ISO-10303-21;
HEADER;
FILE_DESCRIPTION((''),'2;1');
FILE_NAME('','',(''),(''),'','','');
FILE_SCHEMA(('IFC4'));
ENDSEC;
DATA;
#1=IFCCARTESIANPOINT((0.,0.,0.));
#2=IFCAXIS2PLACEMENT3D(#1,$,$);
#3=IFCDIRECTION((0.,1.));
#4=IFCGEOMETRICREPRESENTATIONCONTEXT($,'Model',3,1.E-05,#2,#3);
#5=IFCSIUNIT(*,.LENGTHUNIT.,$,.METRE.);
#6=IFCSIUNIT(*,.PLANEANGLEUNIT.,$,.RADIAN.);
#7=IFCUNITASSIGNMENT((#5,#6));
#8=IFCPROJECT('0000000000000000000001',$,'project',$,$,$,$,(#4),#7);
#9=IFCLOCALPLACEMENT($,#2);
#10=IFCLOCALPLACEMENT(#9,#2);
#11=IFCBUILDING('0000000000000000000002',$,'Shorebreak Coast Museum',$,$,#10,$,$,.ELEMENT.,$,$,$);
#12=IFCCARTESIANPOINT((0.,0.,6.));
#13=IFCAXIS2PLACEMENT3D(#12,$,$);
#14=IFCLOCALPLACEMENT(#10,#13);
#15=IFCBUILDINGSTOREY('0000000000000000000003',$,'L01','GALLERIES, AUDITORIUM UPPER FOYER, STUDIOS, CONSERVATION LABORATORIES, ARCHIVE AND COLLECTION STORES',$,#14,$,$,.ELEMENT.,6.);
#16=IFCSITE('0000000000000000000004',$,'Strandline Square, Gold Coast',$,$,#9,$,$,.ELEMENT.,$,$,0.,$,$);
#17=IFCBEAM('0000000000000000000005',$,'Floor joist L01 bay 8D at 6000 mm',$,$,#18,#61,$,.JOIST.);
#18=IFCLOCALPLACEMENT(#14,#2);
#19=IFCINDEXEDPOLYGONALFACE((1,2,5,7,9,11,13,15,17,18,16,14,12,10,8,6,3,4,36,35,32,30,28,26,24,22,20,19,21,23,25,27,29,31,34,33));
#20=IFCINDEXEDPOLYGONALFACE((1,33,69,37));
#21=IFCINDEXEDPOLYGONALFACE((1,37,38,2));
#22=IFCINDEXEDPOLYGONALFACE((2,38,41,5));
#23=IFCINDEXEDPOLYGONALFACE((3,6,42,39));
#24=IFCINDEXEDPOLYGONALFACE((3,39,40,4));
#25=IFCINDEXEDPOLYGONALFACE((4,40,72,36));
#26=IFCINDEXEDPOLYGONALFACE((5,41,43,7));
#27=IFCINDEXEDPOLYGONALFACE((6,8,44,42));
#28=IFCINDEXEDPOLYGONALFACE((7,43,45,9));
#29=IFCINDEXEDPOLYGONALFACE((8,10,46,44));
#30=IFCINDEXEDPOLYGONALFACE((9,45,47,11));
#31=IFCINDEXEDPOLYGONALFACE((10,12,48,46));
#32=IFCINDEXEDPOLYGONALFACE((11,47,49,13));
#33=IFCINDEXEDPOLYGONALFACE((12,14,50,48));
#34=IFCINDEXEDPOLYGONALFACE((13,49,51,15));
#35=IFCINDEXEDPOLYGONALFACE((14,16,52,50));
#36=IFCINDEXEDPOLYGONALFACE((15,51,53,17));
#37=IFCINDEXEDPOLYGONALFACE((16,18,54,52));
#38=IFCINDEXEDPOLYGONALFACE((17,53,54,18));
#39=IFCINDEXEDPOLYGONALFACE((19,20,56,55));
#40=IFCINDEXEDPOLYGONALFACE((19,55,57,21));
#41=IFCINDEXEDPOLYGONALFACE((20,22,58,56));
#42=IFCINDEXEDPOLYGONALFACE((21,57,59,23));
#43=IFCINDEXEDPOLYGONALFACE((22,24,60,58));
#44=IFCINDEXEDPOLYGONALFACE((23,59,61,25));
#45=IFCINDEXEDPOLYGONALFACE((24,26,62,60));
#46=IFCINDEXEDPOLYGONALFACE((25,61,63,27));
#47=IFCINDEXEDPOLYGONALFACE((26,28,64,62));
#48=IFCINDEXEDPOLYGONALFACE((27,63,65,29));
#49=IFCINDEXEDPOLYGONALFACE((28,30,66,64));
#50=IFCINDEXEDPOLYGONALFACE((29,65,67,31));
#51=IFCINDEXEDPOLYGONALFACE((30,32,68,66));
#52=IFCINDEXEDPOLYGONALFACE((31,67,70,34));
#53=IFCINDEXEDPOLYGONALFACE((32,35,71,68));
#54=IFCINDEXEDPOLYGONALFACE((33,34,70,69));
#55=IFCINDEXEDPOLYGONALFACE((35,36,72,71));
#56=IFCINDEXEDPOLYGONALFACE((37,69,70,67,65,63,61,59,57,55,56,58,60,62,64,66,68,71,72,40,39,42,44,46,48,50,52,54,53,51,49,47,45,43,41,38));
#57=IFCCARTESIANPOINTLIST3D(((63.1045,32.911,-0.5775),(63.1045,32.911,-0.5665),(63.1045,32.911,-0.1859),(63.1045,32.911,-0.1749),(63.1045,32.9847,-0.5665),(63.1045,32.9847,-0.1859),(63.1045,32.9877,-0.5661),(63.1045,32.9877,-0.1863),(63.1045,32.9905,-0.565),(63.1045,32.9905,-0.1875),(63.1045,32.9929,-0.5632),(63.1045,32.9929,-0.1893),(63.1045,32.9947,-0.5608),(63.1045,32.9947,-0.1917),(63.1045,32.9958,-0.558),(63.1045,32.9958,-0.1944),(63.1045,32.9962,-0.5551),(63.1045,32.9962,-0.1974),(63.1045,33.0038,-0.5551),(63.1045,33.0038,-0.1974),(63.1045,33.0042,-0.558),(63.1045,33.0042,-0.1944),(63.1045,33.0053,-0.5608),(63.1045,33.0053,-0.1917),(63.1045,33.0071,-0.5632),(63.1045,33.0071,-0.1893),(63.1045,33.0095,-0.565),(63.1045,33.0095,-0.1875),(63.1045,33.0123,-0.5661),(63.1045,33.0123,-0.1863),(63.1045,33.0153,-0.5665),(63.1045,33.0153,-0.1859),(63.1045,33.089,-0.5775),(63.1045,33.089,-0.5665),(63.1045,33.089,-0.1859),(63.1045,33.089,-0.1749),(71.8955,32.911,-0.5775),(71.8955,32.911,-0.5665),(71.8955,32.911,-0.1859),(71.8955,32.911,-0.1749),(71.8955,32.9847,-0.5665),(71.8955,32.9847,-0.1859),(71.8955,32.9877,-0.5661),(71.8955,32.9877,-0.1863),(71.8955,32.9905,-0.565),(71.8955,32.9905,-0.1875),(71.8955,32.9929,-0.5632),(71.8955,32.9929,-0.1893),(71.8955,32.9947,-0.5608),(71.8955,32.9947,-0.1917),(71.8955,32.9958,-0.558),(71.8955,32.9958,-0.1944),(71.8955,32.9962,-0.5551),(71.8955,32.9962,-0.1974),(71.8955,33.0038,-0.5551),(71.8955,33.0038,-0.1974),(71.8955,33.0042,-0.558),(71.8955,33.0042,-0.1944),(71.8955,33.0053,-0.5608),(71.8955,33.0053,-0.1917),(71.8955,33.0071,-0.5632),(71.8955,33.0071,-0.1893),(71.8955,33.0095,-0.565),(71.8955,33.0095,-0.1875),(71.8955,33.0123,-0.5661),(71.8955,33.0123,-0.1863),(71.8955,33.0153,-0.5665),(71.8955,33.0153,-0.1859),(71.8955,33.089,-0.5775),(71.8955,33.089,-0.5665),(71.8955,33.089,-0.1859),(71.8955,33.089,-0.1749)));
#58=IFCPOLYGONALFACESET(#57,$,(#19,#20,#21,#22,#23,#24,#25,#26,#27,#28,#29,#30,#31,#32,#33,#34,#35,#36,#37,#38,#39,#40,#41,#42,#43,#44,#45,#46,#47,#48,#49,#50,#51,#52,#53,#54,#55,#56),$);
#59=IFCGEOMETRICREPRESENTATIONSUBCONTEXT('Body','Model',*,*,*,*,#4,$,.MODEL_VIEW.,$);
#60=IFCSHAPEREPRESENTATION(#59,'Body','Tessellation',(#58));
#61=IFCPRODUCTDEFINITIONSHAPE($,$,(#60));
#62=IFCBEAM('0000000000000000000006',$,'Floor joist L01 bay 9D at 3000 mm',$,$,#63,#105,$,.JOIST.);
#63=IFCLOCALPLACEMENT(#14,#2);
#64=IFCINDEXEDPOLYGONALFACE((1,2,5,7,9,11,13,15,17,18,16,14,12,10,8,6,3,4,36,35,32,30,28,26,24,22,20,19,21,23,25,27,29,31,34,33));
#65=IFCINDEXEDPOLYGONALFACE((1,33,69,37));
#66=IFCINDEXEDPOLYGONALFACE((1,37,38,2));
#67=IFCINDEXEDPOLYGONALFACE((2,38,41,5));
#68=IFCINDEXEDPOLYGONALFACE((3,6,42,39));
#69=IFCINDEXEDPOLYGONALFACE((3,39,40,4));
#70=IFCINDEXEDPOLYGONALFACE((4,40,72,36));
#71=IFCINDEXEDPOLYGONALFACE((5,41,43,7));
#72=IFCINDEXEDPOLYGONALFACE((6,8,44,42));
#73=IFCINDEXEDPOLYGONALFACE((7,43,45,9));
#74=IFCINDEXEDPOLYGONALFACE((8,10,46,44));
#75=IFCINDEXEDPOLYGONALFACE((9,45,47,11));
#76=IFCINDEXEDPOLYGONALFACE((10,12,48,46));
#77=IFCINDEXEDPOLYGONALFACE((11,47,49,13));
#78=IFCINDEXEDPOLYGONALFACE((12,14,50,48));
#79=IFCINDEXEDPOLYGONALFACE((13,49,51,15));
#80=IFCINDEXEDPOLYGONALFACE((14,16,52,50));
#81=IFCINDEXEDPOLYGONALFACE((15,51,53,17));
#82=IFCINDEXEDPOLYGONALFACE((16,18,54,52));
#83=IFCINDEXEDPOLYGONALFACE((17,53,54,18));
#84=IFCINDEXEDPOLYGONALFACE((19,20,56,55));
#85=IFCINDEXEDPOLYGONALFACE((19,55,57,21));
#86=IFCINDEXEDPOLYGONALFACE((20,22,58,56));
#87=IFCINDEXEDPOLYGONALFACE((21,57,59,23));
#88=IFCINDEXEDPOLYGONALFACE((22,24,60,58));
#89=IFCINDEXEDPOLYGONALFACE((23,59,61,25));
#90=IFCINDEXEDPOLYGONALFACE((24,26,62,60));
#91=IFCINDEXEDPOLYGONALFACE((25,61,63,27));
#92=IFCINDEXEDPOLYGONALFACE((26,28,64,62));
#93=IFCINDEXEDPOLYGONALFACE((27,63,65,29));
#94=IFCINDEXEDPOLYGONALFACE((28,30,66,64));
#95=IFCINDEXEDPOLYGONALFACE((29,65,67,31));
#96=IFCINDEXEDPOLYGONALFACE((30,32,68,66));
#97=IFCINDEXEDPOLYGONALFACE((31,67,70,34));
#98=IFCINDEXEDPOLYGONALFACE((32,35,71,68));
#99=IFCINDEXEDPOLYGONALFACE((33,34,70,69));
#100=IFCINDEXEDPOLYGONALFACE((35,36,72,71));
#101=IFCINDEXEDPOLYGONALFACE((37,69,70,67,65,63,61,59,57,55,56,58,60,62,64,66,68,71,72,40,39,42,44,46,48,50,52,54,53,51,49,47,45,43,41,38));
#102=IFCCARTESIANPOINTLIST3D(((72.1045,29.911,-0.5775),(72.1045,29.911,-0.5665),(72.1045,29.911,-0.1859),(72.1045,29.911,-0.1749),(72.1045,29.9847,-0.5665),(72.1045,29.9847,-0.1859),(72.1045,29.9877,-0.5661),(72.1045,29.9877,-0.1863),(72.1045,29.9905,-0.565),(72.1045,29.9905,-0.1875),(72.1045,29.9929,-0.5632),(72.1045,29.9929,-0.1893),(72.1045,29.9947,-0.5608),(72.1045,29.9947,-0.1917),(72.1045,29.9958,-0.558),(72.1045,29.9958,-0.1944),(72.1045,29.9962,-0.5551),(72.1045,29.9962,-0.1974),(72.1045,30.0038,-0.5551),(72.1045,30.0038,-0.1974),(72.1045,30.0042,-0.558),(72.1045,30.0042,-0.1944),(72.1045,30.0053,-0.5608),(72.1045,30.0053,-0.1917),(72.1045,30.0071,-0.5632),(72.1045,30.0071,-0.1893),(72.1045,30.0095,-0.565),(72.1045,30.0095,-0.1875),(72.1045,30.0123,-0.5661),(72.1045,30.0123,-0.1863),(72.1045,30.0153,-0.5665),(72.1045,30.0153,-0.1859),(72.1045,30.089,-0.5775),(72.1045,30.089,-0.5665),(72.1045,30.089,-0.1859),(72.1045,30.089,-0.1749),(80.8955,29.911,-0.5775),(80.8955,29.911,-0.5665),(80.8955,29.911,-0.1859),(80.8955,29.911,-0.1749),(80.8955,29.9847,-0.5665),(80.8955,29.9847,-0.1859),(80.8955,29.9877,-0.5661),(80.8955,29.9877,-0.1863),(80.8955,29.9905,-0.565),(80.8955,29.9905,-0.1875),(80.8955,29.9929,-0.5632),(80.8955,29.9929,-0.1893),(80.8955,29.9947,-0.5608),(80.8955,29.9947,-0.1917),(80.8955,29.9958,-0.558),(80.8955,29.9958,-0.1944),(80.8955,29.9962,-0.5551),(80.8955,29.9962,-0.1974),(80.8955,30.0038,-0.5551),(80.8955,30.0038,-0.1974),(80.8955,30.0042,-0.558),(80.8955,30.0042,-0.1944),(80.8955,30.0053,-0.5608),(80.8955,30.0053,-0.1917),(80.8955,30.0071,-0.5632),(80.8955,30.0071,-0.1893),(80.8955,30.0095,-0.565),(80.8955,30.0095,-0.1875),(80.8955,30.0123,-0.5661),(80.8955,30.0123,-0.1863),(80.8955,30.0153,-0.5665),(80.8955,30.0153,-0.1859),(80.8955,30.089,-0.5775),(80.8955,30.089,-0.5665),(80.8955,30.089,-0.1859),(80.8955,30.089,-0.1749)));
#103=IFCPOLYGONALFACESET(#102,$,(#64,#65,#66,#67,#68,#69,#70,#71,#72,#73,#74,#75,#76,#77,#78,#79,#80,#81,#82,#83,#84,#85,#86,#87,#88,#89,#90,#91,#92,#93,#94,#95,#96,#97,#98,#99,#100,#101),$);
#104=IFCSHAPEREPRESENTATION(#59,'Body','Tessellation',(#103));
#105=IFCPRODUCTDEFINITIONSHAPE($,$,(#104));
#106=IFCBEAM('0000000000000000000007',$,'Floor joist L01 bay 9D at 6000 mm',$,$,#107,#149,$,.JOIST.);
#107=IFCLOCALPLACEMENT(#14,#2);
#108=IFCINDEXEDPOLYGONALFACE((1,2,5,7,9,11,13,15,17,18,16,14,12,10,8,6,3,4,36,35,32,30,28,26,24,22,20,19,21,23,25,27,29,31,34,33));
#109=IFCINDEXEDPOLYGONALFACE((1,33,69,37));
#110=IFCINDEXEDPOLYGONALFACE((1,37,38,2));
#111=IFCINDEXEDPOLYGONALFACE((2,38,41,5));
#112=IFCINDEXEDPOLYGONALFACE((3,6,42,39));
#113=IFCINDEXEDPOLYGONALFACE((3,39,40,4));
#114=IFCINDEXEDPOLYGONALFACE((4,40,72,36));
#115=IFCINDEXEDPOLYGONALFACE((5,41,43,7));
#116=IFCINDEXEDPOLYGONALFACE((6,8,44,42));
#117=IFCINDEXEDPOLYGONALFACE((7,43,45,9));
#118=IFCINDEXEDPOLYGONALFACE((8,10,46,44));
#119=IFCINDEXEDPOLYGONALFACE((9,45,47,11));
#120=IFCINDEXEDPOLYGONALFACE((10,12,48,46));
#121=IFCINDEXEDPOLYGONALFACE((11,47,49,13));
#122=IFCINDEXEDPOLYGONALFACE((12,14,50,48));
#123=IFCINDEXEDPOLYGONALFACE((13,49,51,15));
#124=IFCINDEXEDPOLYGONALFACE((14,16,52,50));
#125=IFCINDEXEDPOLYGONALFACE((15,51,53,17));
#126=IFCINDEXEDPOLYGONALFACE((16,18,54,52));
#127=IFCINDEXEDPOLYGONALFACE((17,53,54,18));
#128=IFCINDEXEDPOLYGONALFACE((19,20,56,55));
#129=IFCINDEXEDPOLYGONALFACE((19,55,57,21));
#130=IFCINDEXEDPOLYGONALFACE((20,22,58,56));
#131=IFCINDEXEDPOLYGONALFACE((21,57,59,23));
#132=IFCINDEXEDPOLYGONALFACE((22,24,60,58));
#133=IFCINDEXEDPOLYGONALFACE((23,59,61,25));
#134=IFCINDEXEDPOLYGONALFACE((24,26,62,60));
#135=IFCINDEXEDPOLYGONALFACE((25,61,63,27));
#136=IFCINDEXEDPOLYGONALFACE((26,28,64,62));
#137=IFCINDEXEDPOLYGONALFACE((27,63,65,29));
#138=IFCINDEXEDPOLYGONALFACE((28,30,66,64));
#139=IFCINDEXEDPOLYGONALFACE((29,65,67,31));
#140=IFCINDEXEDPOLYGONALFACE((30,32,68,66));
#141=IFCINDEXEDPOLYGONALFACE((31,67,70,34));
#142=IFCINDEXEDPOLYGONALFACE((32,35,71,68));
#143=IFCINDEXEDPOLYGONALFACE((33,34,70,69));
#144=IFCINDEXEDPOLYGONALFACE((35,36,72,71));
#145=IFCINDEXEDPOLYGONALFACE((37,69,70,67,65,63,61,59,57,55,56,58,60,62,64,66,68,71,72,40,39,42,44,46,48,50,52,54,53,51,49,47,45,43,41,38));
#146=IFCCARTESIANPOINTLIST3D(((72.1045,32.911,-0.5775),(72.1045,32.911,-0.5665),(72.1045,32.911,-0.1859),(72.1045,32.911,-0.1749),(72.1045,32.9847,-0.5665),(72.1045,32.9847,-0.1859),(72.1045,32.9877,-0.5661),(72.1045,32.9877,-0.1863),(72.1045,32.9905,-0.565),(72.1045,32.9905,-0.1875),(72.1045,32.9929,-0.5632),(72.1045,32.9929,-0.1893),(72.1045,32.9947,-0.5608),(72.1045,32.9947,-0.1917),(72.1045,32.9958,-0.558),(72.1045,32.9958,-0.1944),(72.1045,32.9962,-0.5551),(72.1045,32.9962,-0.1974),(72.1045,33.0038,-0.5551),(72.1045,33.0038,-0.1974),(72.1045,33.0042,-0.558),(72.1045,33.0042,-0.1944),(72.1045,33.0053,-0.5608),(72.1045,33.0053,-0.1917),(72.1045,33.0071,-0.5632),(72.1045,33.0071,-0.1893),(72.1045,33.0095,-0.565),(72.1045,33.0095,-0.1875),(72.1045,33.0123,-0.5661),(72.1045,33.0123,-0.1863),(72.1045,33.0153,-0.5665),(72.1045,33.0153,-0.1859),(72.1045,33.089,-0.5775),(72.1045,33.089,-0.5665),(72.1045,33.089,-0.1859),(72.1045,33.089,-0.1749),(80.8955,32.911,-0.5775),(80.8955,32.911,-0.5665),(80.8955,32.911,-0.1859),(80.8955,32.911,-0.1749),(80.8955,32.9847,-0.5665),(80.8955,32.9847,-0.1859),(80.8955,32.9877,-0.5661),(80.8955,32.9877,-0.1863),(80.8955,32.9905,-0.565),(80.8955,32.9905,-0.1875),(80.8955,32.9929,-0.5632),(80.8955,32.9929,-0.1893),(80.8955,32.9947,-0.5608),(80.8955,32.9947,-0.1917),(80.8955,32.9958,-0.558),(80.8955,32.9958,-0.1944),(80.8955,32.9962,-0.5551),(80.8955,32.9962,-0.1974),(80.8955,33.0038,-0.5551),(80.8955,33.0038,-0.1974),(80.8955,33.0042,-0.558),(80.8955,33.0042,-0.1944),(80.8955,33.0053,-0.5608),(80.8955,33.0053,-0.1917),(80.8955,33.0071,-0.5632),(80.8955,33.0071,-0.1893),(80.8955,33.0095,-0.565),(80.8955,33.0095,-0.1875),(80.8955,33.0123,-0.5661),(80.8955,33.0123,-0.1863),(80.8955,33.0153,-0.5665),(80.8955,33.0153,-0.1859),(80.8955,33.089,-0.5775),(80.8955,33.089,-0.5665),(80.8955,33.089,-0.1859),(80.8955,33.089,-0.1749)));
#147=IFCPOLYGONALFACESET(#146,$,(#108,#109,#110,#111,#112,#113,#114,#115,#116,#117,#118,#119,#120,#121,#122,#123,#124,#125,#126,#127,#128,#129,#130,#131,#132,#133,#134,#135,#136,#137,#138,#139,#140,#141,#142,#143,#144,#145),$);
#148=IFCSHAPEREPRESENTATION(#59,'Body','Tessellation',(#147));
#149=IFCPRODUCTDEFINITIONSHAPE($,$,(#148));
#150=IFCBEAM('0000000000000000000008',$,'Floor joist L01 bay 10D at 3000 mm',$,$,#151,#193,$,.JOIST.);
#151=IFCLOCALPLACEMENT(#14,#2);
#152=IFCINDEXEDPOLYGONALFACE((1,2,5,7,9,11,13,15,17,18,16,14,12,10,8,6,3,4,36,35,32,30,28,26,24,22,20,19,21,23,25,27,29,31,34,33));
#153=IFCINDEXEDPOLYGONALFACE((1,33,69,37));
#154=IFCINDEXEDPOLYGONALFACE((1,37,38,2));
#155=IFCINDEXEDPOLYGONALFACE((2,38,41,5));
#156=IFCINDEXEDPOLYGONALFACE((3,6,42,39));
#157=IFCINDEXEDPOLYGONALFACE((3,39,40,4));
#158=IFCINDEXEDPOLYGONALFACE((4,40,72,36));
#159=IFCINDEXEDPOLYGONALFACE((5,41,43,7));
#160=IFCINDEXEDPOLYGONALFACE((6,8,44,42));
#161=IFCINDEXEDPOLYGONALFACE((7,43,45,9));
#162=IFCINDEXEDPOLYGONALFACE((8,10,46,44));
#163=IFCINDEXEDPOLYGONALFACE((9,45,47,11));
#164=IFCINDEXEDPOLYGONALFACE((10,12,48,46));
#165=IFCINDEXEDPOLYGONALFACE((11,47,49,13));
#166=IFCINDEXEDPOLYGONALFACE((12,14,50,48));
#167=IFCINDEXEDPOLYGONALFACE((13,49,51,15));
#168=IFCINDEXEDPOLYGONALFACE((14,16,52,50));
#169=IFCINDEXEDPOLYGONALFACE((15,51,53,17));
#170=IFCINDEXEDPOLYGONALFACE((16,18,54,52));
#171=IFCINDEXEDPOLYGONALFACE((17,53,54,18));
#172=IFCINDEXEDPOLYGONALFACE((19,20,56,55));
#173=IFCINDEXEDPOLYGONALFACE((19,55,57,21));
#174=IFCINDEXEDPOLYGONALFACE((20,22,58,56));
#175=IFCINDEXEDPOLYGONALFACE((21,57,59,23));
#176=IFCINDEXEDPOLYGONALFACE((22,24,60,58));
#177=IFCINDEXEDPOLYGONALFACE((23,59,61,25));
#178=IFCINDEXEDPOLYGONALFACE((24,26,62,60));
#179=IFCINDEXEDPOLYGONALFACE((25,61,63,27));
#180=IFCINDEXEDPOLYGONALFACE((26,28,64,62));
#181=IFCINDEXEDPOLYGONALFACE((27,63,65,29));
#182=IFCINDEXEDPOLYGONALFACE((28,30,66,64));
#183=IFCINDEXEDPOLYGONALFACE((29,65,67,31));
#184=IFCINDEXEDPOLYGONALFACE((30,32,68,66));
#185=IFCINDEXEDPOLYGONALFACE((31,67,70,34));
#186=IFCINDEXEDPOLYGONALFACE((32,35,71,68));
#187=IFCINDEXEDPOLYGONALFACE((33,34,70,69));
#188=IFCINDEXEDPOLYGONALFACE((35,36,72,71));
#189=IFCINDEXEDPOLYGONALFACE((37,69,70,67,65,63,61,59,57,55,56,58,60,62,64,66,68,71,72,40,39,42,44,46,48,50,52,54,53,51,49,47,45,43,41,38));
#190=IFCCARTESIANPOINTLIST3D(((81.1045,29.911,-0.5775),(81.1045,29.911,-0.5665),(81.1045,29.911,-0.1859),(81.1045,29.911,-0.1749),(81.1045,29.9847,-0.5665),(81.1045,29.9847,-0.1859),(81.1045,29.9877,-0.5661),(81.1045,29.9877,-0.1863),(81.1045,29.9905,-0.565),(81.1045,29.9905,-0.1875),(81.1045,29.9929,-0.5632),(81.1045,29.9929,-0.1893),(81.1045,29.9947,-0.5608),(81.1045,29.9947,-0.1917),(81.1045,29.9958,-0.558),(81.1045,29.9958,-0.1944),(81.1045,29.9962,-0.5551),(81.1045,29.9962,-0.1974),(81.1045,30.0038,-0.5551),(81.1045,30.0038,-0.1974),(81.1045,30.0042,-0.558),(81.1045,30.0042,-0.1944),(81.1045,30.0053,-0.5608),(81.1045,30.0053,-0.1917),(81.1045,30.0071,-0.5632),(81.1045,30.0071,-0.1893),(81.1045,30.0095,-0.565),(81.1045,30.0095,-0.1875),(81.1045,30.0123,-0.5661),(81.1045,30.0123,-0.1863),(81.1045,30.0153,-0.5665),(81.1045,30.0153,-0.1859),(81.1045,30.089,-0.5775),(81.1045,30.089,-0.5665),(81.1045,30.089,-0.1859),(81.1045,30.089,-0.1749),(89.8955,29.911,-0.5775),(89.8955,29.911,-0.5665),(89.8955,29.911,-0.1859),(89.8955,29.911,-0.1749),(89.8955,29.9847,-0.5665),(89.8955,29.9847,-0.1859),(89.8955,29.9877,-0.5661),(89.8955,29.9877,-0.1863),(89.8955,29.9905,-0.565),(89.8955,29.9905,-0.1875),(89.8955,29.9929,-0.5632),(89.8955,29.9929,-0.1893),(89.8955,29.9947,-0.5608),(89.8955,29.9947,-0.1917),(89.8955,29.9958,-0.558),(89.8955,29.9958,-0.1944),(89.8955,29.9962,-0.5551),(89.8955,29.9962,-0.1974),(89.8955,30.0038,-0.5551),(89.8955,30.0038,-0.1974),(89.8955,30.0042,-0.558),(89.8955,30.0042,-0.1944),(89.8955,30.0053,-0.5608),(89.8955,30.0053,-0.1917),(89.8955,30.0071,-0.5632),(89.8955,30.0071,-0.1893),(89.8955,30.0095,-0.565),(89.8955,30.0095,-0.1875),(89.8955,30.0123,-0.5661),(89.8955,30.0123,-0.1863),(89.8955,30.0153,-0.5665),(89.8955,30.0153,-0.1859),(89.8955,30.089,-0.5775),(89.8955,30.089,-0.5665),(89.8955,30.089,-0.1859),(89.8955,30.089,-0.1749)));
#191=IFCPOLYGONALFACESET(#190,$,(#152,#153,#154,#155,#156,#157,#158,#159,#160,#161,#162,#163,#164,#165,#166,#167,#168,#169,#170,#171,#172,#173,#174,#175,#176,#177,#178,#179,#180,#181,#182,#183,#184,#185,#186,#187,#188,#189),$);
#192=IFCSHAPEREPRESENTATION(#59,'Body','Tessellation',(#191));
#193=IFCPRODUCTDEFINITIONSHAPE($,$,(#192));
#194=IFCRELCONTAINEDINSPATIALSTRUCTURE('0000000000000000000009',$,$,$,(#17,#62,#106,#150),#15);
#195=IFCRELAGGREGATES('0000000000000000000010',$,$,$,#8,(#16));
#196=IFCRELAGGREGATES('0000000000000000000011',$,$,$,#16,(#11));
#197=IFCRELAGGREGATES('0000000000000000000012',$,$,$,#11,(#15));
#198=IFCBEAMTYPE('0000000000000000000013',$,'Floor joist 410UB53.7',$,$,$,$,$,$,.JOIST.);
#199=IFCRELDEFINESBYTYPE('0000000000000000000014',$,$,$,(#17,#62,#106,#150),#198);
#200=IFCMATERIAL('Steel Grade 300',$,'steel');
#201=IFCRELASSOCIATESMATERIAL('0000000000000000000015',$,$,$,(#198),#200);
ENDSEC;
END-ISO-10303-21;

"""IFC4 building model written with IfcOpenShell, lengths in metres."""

from ifc_helpers import new_model, si_unit, direction, frame, origin, origin_2d, place, context, subcontext, project, spatial, i_section, extrude, material, material_profile, profile_set, type_object, element, save


model = new_model("IFC4")

# Units and contexts
model_context = context("Model", 3, precision=1e-05, world=origin(), true_north=direction((0.0, 1.0)))
body_context = subcontext(model_context, "Body", "Model", "MODEL_VIEW")
ifc_project = project(units=[si_unit("LENGTHUNIT", "METRE"), si_unit("PLANEANGLEUNIT", "RADIAN")], contexts=[model_context])

# Site, building, storey
site_placement = place(None, origin())
site = spatial("IfcSite", under=ifc_project, at=site_placement, Name="Strandline Square, Gold Coast", CompositionType="ELEMENT", RefElevation=0.0)
building_placement = place(site_placement, origin())
building = spatial("IfcBuilding", under=site, at=building_placement, Name="Shorebreak Coast Museum", CompositionType="ELEMENT")
storey_placement = place(building_placement, frame((0.0, 0.0, 6.0)))
storey = spatial("IfcBuildingStorey", under=building, at=storey_placement, Name="L01", Description="GALLERIES, AUDITORIUM UPPER FOYER, STUDIOS, CONSERVATION LABORATORIES, ARCHIVE AND COLLECTION STORES", CompositionType="ELEMENT", Elevation=6.0)

# Beams
ifc_material_1 = material(Name="Steel Grade 300", Category="steel")
ifc_material_profile_1 = material_profile(ifc_material_1, i_section(OverallWidth=0.178, OverallDepth=0.4026, WebThickness=0.0076, FlangeThickness=0.011, FilletRadius=0.0115, at=origin_2d()), Name="410UB53.7")
ifc_profile_set_1 = profile_set([ifc_material_profile_1], Name="Steel Grade 300")
beam_type_1 = type_object("IfcBeamType", Name="Floor joist 410UB53.7", PredefinedType="JOIST", material=ifc_profile_set_1)
for number, where, z_axis, x_axis, name in (
    (1, (63.1045, 33.0, -0.3762), (1.0, 0.0, 0.0), (0.0, 1.0, 0.0), "Floor joist L01 bay 8D at 6000 mm"),
    (2, (72.1045, 30.0, -0.3762), (1.0, 0.0, 0.0), (0.0, 1.0, 0.0), "Floor joist L01 bay 9D at 3000 mm"),
    (3, (72.1045, 33.0, -0.3762), (1.0, 0.0, 0.0), (0.0, 1.0, 0.0), "Floor joist L01 bay 9D at 6000 mm"),
    (4, (81.1045, 30.0, -0.3762), (1.0, 0.0, 0.0), (0.0, 1.0, 0.0), "Floor joist L01 bay 10D at 3000 mm"),
):
    element("IfcBeam", number, at=place(storey_placement, frame(where, z_axis=z_axis, x_axis=x_axis)), inside=storey, type_object=beam_type_1, Name=name, PredefinedType="JOIST", context=body_context, shape_type="SweptSolid", body=[
        extrude(i_section(OverallWidth=0.178, OverallDepth=0.4026, WebThickness=0.0076, FlangeThickness=0.011, FilletRadius=0.0115, at=origin_2d()), origin(), (0.0, 0.0, 1.0), 8.791),
    ])

save(model, "model.ifc")
